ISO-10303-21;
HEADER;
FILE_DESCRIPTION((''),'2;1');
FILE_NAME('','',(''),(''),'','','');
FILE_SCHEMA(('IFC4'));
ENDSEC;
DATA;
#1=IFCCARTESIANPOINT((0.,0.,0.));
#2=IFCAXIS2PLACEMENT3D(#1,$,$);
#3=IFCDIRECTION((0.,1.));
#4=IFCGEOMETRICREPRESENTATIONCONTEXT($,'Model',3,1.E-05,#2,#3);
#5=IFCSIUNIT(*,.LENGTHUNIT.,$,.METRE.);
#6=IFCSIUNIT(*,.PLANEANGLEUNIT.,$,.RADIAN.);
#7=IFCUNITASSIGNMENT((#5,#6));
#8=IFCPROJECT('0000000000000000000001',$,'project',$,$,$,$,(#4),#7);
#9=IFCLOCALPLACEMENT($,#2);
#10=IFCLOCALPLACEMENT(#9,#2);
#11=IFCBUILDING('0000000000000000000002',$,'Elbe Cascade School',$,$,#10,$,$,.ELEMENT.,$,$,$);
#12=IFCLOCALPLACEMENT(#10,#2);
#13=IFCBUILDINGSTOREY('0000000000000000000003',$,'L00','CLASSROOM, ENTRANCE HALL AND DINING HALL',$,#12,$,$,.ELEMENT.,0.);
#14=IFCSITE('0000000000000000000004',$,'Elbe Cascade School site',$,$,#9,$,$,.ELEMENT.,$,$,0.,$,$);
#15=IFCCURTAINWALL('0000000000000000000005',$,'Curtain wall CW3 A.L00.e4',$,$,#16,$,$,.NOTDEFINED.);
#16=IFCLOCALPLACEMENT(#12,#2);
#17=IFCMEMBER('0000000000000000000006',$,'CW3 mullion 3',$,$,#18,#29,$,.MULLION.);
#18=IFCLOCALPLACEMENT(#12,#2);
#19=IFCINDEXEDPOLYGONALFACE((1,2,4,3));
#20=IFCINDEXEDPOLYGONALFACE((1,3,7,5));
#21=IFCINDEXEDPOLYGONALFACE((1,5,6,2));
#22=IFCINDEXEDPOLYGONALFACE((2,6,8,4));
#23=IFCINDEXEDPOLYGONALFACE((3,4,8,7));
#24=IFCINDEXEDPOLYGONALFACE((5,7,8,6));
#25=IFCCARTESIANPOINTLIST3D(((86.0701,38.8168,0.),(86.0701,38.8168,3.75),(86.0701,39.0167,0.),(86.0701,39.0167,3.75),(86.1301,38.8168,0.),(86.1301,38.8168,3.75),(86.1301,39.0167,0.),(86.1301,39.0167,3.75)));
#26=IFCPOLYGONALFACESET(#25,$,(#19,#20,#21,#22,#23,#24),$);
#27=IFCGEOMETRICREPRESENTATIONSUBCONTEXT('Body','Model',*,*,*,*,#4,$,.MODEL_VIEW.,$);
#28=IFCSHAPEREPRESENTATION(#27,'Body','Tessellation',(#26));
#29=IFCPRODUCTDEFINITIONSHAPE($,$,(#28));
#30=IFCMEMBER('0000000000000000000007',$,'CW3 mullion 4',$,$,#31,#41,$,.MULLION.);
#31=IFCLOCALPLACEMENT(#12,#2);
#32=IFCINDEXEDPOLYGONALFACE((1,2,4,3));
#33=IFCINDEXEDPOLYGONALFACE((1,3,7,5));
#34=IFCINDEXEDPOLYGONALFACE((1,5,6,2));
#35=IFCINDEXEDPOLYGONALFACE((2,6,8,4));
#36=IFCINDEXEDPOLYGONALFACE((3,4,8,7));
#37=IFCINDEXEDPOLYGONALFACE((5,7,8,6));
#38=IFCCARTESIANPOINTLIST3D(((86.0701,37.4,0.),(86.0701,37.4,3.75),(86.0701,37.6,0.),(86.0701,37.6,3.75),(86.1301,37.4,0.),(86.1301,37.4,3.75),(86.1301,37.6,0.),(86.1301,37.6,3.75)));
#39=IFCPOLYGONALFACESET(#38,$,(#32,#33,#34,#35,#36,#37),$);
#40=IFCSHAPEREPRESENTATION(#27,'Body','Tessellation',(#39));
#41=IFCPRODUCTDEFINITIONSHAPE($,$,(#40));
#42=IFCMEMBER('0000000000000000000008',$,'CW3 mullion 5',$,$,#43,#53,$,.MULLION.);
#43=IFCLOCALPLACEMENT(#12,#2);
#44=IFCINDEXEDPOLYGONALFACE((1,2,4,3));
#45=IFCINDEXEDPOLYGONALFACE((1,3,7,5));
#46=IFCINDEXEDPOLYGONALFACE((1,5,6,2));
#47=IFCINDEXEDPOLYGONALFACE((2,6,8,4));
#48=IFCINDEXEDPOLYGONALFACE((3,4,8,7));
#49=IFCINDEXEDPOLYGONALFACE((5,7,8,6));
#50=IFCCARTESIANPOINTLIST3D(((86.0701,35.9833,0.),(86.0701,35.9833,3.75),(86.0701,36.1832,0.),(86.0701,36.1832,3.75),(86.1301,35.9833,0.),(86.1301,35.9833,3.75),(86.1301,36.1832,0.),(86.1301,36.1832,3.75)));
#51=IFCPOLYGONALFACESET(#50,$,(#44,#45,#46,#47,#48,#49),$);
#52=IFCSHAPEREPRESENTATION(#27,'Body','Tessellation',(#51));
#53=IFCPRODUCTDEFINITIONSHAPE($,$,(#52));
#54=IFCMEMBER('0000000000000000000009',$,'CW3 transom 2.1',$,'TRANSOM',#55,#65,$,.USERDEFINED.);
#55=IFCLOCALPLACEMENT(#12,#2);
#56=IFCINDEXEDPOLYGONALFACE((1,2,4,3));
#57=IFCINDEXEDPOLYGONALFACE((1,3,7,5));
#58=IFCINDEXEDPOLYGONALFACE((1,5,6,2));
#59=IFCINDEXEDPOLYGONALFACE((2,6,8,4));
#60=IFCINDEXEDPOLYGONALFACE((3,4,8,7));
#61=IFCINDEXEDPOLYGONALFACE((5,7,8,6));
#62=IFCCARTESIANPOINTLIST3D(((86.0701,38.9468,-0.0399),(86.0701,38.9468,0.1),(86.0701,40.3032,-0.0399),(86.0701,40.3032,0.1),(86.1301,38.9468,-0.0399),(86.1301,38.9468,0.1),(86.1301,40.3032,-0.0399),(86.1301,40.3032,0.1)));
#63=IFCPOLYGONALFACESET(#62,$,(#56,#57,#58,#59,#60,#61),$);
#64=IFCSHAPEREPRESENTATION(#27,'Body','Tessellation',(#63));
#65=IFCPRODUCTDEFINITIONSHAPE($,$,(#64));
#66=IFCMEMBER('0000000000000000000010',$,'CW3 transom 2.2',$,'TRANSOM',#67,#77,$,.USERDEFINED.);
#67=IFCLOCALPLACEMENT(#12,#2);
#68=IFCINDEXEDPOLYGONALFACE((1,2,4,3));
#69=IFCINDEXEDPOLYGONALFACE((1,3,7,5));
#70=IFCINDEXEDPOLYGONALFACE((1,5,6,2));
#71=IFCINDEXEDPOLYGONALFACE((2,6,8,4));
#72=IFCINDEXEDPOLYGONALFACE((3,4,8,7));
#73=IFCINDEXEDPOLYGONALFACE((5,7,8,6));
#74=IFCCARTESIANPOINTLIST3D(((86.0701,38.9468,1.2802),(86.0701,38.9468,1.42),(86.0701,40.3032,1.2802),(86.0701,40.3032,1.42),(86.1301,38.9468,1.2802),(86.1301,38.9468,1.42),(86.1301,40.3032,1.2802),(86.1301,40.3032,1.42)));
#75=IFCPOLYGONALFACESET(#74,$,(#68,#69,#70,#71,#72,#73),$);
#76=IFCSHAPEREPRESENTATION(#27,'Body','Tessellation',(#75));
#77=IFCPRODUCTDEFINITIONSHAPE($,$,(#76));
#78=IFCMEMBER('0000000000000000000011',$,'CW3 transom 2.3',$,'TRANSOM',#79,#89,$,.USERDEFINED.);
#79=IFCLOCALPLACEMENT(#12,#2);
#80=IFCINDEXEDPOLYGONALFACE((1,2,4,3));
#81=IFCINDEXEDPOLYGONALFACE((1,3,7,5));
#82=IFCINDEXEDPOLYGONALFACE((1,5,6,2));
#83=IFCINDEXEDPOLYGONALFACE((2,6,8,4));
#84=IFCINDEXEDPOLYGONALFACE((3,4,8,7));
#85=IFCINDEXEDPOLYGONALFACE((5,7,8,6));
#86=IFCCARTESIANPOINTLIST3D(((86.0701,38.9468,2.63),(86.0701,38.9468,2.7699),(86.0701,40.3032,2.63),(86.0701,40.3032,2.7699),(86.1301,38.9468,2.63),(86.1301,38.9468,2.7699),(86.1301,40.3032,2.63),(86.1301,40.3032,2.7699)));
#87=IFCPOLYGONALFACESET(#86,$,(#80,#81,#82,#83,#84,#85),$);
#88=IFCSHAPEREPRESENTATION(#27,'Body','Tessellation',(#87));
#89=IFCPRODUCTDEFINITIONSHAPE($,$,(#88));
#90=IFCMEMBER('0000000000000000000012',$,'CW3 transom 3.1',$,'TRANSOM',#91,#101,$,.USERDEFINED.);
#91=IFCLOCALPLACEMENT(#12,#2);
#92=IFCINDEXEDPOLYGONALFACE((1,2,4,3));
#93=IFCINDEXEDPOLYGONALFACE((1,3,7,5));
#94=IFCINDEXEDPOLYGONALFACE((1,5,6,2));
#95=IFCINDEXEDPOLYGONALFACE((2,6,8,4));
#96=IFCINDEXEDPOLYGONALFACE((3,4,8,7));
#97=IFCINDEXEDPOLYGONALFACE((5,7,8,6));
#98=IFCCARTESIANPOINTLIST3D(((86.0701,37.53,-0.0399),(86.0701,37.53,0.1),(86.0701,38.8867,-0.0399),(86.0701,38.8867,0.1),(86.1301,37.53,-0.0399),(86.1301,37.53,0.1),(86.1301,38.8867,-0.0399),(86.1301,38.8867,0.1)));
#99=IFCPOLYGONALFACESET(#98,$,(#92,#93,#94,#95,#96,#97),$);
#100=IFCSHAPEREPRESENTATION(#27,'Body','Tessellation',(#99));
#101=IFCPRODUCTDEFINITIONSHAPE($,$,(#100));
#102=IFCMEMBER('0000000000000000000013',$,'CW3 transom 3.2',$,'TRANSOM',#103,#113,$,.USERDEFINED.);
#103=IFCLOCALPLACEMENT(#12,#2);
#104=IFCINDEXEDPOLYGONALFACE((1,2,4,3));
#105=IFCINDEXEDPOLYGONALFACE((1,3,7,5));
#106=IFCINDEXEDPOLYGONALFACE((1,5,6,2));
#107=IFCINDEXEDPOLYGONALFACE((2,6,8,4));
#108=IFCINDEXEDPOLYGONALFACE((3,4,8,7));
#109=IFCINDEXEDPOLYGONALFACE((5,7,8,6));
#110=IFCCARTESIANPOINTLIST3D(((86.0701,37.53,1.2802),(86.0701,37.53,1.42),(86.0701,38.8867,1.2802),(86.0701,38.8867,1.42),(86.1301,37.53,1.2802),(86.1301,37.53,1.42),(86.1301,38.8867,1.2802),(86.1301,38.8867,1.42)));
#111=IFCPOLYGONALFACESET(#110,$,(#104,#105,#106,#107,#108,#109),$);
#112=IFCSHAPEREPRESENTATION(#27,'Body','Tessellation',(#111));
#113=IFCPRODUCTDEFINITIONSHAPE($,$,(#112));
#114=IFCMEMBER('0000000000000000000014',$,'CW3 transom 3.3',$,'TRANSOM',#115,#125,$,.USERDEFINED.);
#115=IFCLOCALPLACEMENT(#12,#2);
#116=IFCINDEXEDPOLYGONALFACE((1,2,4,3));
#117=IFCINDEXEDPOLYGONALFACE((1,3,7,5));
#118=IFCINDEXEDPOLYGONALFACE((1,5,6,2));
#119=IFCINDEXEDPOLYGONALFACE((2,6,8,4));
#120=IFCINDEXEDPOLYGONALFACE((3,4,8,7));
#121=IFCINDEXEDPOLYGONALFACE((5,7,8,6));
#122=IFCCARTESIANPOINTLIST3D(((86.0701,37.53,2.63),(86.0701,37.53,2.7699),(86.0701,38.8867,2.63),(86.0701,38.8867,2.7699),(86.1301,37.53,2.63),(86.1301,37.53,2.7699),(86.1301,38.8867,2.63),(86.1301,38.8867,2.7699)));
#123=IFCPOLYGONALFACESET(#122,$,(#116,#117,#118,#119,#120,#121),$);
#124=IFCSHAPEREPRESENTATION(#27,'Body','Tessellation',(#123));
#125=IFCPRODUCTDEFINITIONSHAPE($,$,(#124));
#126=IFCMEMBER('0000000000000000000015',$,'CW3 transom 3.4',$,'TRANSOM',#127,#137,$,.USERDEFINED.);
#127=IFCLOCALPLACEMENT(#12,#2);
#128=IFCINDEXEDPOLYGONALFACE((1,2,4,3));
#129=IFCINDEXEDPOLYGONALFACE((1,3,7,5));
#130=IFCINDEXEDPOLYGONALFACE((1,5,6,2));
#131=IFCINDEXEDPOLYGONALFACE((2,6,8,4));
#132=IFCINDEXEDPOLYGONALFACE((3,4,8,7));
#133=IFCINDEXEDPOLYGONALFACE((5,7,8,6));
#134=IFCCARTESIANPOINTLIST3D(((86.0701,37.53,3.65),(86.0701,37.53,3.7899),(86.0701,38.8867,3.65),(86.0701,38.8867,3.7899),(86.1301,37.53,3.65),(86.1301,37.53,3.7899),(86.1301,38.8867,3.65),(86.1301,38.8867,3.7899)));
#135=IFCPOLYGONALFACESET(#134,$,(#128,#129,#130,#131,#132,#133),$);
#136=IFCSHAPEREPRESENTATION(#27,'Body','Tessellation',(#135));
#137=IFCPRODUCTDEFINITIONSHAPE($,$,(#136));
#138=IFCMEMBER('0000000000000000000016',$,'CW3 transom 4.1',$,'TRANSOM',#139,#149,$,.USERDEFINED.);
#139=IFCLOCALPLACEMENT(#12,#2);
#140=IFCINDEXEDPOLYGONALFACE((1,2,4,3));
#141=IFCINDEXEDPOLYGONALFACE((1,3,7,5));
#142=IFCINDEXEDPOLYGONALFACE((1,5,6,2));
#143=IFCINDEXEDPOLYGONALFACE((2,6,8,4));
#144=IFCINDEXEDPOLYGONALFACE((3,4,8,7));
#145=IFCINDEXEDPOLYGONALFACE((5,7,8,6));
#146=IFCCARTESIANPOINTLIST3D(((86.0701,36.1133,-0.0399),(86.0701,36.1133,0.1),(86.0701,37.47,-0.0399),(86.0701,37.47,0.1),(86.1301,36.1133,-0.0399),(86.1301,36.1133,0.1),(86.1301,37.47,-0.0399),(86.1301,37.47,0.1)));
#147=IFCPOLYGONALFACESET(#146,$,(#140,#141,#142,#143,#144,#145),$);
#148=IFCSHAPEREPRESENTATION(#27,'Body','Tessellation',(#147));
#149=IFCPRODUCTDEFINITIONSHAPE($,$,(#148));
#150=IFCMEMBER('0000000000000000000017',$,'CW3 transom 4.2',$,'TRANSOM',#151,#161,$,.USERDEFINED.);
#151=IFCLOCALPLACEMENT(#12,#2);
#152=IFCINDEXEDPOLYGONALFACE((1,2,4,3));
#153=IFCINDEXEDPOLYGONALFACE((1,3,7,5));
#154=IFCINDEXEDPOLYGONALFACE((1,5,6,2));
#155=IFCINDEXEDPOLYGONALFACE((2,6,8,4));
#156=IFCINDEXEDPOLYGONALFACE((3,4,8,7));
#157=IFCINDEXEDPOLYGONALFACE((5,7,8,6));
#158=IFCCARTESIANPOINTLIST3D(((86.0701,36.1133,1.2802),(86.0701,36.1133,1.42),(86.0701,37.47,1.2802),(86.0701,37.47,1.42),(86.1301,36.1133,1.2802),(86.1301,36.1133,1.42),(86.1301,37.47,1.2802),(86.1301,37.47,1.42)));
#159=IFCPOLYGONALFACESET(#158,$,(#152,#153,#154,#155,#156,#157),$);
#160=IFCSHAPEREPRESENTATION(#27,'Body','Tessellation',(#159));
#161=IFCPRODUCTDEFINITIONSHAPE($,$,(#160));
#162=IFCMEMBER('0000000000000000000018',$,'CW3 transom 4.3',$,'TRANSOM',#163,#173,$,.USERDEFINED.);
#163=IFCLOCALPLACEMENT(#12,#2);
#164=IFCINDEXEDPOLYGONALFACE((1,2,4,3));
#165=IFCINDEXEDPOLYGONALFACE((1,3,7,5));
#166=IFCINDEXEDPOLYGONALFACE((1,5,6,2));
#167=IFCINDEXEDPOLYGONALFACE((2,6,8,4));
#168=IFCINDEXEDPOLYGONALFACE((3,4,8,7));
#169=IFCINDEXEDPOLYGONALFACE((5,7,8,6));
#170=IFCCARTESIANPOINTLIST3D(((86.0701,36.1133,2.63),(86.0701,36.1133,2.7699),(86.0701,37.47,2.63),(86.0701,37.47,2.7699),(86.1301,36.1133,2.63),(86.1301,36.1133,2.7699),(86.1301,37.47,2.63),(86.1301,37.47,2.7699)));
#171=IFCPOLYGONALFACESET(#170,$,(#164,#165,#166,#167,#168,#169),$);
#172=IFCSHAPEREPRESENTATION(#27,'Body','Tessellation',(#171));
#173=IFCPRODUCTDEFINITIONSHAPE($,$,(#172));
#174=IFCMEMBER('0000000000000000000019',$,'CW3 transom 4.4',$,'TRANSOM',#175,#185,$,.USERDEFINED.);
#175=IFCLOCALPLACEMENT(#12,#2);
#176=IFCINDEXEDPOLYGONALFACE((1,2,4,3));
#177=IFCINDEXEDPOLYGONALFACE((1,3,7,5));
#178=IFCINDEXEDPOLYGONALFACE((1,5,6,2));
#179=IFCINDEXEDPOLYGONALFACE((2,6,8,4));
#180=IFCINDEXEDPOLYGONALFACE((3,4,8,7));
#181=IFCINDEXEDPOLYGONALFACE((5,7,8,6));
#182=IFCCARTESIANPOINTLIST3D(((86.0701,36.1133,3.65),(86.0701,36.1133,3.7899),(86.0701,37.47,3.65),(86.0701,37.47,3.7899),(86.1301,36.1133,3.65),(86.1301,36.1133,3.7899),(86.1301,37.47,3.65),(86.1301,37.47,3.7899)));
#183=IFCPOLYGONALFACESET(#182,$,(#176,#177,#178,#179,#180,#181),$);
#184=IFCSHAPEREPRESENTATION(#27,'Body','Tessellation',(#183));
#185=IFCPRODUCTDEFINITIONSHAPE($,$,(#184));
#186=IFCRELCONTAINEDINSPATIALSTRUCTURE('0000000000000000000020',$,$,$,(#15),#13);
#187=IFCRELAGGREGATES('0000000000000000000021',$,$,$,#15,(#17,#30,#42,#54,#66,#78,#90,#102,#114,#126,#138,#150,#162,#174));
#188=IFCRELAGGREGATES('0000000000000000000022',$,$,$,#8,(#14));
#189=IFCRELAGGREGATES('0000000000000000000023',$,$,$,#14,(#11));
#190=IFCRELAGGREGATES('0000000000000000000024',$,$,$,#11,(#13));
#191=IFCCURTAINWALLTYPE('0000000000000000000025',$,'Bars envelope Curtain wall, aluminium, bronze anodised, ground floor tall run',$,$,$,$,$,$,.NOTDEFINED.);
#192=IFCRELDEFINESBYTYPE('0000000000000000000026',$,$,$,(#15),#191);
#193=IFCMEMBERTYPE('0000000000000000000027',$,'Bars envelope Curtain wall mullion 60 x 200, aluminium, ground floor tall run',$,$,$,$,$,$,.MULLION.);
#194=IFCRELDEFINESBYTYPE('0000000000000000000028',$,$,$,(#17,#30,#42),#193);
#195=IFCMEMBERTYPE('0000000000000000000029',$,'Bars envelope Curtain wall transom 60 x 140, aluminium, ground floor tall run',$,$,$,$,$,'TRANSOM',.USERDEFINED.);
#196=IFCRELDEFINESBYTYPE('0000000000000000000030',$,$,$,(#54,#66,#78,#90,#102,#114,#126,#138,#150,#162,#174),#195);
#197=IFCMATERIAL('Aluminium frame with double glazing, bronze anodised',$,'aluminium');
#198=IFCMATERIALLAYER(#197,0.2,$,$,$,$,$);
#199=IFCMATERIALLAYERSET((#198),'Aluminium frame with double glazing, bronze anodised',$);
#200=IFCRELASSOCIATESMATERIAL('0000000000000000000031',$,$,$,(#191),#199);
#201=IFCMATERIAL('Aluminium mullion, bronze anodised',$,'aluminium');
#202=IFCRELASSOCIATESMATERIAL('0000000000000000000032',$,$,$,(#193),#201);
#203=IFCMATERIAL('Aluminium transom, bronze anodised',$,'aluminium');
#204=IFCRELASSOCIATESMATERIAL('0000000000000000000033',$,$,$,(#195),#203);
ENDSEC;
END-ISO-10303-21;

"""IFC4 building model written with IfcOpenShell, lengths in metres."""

from ifc_helpers import new_model, si_unit, direction, frame, origin, origin_2d, place, context, subcontext, project, spatial, rectangle, extrude, material, layer, layer_set, material_profile, profile_set, type_object, element, aggregate, save


model = new_model("IFC4")

# Units and contexts
model_context = context("Model", 3, precision=1e-05, world=origin(), true_north=direction((0.0, 1.0)))
body_context = subcontext(model_context, "Body", "Model", "MODEL_VIEW")
ifc_project = project(units=[si_unit("LENGTHUNIT", "METRE"), si_unit("PLANEANGLEUNIT", "RADIAN")], contexts=[model_context])

# Site, building, storey
site_placement = place(None, origin())
site = spatial("IfcSite", under=ifc_project, at=site_placement, Name="Elbe Cascade School site", CompositionType="ELEMENT", RefElevation=0.0)
building_placement = place(site_placement, origin())
building = spatial("IfcBuilding", under=site, at=building_placement, Name="Elbe Cascade School", CompositionType="ELEMENT")
storey_placement = place(building_placement, origin())
storey = spatial("IfcBuildingStorey", under=building, at=storey_placement, Name="L00", Description="CLASSROOM, ENTRANCE HALL AND DINING HALL", CompositionType="ELEMENT", Elevation=0.0)

# Curtain wall, members
ifc_material_1 = material(Name="Aluminium frame with double glazing, bronze anodised", Category="aluminium")
ifc_layer_1 = layer(ifc_material_1, 0.2)
ifc_layer_set_1 = layer_set([ifc_layer_1], Name="Aluminium frame with double glazing, bronze anodised")
curtain_wall_type = type_object("IfcCurtainWallType", Name="Bars envelope Curtain wall, aluminium, bronze anodised, ground floor tall run", PredefinedType="NOTDEFINED", material=ifc_layer_set_1)
curtain_wall_placement = place(storey_placement, origin())
curtain_wall = element("IfcCurtainWall", 1, at=curtain_wall_placement, inside=storey, type_object=curtain_wall_type, Name="Curtain wall CW3 A.L00.e4", PredefinedType="NOTDEFINED")
ifc_material_2 = material(Name="Aluminium mullion, bronze anodised", Category="aluminium")
ifc_material_profile_1 = material_profile(ifc_material_2, rectangle(XDim=0.0601, YDim=0.2, at=origin_2d()), Name="Bars envelope Curtain wall mullion 60 x 200, aluminium, ground floor tall run")
ifc_profile_set_1 = profile_set([ifc_material_profile_1], Name="Aluminium mullion, bronze anodised")
member_type_1 = type_object("IfcMemberType", Name="Bars envelope Curtain wall mullion 60 x 200, aluminium, ground floor tall run", PredefinedType="MULLION", material=ifc_profile_set_1)
member_1_placement = place(storey_placement, frame((86.1001, 38.9167, 0.0), z_axis=(0.0, 0.0, 1.0), x_axis=(1.0, 0.0, 0.0)))
member_1 = element("IfcMember", 2, at=member_1_placement, type_object=member_type_1, Name="CW3 mullion 3", PredefinedType="MULLION", context=body_context, shape_type="SweptSolid", body=[
    extrude(rectangle(XDim=0.0601, YDim=0.2, at=origin_2d()), origin(), (0.0, 0.0, 1.0), 3.75),
])
member_2_placement = place(storey_placement, frame((86.1001, 37.5, 0.0), z_axis=(0.0, 0.0, 1.0), x_axis=(1.0, 0.0, 0.0)))
member_2 = element("IfcMember", 3, at=member_2_placement, type_object=member_type_1, Name="CW3 mullion 4", PredefinedType="MULLION", context=body_context, shape_type="SweptSolid", body=[
    extrude(rectangle(XDim=0.0601, YDim=0.2, at=origin_2d()), origin(), (0.0, 0.0, 1.0), 3.75),
])
member_3_placement = place(storey_placement, frame((86.1001, 36.0833, 0.0), z_axis=(0.0, 0.0, 1.0), x_axis=(1.0, 0.0, 0.0)))
member_3 = element("IfcMember", 4, at=member_3_placement, type_object=member_type_1, Name="CW3 mullion 5", PredefinedType="MULLION", context=body_context, shape_type="SweptSolid", body=[
    extrude(rectangle(XDim=0.0601, YDim=0.2, at=origin_2d()), origin(), (0.0, 0.0, 1.0), 3.75),
])
ifc_material_3 = material(Name="Aluminium transom, bronze anodised", Category="aluminium")
ifc_material_profile_2 = material_profile(ifc_material_3, rectangle(XDim=0.0601, YDim=0.1399, at=origin_2d()), Name="Bars envelope Curtain wall transom 60 x 140, aluminium, ground floor tall run")
ifc_profile_set_2 = profile_set([ifc_material_profile_2], Name="Aluminium transom, bronze anodised")
member_type_2 = type_object("IfcMemberType", Name="Bars envelope Curtain wall transom 60 x 140, aluminium, ground floor tall run", ElementType="TRANSOM", PredefinedType="USERDEFINED", material=ifc_profile_set_2)
member_4_placement = place(storey_placement, frame((86.1001, 40.3032, 0.03), z_axis=(0.0, -1.0, 0.0), x_axis=(1.0, 0.0, 0.0)))
member_4 = element("IfcMember", 5, at=member_4_placement, type_object=member_type_2, Name="CW3 transom 2.1", ObjectType="TRANSOM", PredefinedType="USERDEFINED", context=body_context, shape_type="SweptSolid", body=[
    extrude(rectangle(XDim=0.0601, YDim=0.1399, at=origin_2d()), origin(), (0.0, 0.0, 1.0), 1.3564),
])
member_5_placement = place(storey_placement, frame((86.1001, 40.3032, 1.3501), z_axis=(0.0, -1.0, 0.0), x_axis=(1.0, 0.0, 0.0)))
member_5 = element("IfcMember", 6, at=member_5_placement, type_object=member_type_2, Name="CW3 transom 2.2", ObjectType="TRANSOM", PredefinedType="USERDEFINED", context=body_context, shape_type="SweptSolid", body=[
    extrude(rectangle(XDim=0.0601, YDim=0.1399, at=origin_2d()), origin(), (0.0, 0.0, 1.0), 1.3564),
])
member_6_placement = place(storey_placement, frame((86.1001, 40.3032, 2.7), z_axis=(0.0, -1.0, 0.0), x_axis=(1.0, 0.0, 0.0)))
member_6 = element("IfcMember", 7, at=member_6_placement, type_object=member_type_2, Name="CW3 transom 2.3", ObjectType="TRANSOM", PredefinedType="USERDEFINED", context=body_context, shape_type="SweptSolid", body=[
    extrude(rectangle(XDim=0.0601, YDim=0.1399, at=origin_2d()), origin(), (0.0, 0.0, 1.0), 1.3564),
])
member_7_placement = place(storey_placement, frame((86.1001, 38.8867, 0.03), z_axis=(0.0, -1.0, 0.0), x_axis=(1.0, 0.0, 0.0)))
member_7 = element("IfcMember", 8, at=member_7_placement, type_object=member_type_2, Name="CW3 transom 3.1", ObjectType="TRANSOM", PredefinedType="USERDEFINED", context=body_context, shape_type="SweptSolid", body=[
    extrude(rectangle(XDim=0.0601, YDim=0.1399, at=origin_2d()), origin(), (0.0, 0.0, 1.0), 1.3567),
])
member_8_placement = place(storey_placement, frame((86.1001, 38.8867, 1.3501), z_axis=(0.0, -1.0, 0.0), x_axis=(1.0, 0.0, 0.0)))
member_8 = element("IfcMember", 9, at=member_8_placement, type_object=member_type_2, Name="CW3 transom 3.2", ObjectType="TRANSOM", PredefinedType="USERDEFINED", context=body_context, shape_type="SweptSolid", body=[
    extrude(rectangle(XDim=0.0601, YDim=0.1399, at=origin_2d()), origin(), (0.0, 0.0, 1.0), 1.3567),
])
member_9_placement = place(storey_placement, frame((86.1001, 38.8867, 2.7), z_axis=(0.0, -1.0, 0.0), x_axis=(1.0, 0.0, 0.0)))
member_9 = element("IfcMember", 10, at=member_9_placement, type_object=member_type_2, Name="CW3 transom 3.3", ObjectType="TRANSOM", PredefinedType="USERDEFINED", context=body_context, shape_type="SweptSolid", body=[
    extrude(rectangle(XDim=0.0601, YDim=0.1399, at=origin_2d()), origin(), (0.0, 0.0, 1.0), 1.3567),
])
member_10_placement = place(storey_placement, frame((86.1001, 38.8867, 3.72), z_axis=(0.0, -1.0, 0.0), x_axis=(1.0, 0.0, 0.0)))
member_10 = element("IfcMember", 11, at=member_10_placement, type_object=member_type_2, Name="CW3 transom 3.4", ObjectType="TRANSOM", PredefinedType="USERDEFINED", context=body_context, shape_type="SweptSolid", body=[
    extrude(rectangle(XDim=0.0601, YDim=0.1399, at=origin_2d()), origin(), (0.0, 0.0, 1.0), 1.3567),
])
member_11_placement = place(storey_placement, frame((86.1001, 37.47, 0.03), z_axis=(0.0, -1.0, 0.0), x_axis=(1.0, 0.0, 0.0)))
member_11 = element("IfcMember", 12, at=member_11_placement, type_object=member_type_2, Name="CW3 transom 4.1", ObjectType="TRANSOM", PredefinedType="USERDEFINED", context=body_context, shape_type="SweptSolid", body=[
    extrude(rectangle(XDim=0.0601, YDim=0.1399, at=origin_2d()), origin(), (0.0, 0.0, 1.0), 1.3567),
])
member_12_placement = place(storey_placement, frame((86.1001, 37.47, 1.3501), z_axis=(0.0, -1.0, 0.0), x_axis=(1.0, 0.0, 0.0)))
member_12 = element("IfcMember", 13, at=member_12_placement, type_object=member_type_2, Name="CW3 transom 4.2", ObjectType="TRANSOM", PredefinedType="USERDEFINED", context=body_context, shape_type="SweptSolid", body=[
    extrude(rectangle(XDim=0.0601, YDim=0.1399, at=origin_2d()), origin(), (0.0, 0.0, 1.0), 1.3567),
])
member_13_placement = place(storey_placement, frame((86.1001, 37.47, 2.7), z_axis=(0.0, -1.0, 0.0), x_axis=(1.0, 0.0, 0.0)))
member_13 = element("IfcMember", 14, at=member_13_placement, type_object=member_type_2, Name="CW3 transom 4.3", ObjectType="TRANSOM", PredefinedType="USERDEFINED", context=body_context, shape_type="SweptSolid", body=[
    extrude(rectangle(XDim=0.0601, YDim=0.1399, at=origin_2d()), origin(), (0.0, 0.0, 1.0), 1.3567),
])
member_14_placement = place(storey_placement, frame((86.1001, 37.47, 3.72), z_axis=(0.0, -1.0, 0.0), x_axis=(1.0, 0.0, 0.0)))
member_14 = element("IfcMember", 15, at=member_14_placement, type_object=member_type_2, Name="CW3 transom 4.4", ObjectType="TRANSOM", PredefinedType="USERDEFINED", context=body_context, shape_type="SweptSolid", body=[
    extrude(rectangle(XDim=0.0601, YDim=0.1399, at=origin_2d()), origin(), (0.0, 0.0, 1.0), 1.3567),
])
aggregate(curtain_wall, [member_1, member_2, member_3, member_4, member_5, member_6, member_7, member_8, member_9, member_10, member_11, member_12, member_13, member_14])

save(model, "model.ifc")
